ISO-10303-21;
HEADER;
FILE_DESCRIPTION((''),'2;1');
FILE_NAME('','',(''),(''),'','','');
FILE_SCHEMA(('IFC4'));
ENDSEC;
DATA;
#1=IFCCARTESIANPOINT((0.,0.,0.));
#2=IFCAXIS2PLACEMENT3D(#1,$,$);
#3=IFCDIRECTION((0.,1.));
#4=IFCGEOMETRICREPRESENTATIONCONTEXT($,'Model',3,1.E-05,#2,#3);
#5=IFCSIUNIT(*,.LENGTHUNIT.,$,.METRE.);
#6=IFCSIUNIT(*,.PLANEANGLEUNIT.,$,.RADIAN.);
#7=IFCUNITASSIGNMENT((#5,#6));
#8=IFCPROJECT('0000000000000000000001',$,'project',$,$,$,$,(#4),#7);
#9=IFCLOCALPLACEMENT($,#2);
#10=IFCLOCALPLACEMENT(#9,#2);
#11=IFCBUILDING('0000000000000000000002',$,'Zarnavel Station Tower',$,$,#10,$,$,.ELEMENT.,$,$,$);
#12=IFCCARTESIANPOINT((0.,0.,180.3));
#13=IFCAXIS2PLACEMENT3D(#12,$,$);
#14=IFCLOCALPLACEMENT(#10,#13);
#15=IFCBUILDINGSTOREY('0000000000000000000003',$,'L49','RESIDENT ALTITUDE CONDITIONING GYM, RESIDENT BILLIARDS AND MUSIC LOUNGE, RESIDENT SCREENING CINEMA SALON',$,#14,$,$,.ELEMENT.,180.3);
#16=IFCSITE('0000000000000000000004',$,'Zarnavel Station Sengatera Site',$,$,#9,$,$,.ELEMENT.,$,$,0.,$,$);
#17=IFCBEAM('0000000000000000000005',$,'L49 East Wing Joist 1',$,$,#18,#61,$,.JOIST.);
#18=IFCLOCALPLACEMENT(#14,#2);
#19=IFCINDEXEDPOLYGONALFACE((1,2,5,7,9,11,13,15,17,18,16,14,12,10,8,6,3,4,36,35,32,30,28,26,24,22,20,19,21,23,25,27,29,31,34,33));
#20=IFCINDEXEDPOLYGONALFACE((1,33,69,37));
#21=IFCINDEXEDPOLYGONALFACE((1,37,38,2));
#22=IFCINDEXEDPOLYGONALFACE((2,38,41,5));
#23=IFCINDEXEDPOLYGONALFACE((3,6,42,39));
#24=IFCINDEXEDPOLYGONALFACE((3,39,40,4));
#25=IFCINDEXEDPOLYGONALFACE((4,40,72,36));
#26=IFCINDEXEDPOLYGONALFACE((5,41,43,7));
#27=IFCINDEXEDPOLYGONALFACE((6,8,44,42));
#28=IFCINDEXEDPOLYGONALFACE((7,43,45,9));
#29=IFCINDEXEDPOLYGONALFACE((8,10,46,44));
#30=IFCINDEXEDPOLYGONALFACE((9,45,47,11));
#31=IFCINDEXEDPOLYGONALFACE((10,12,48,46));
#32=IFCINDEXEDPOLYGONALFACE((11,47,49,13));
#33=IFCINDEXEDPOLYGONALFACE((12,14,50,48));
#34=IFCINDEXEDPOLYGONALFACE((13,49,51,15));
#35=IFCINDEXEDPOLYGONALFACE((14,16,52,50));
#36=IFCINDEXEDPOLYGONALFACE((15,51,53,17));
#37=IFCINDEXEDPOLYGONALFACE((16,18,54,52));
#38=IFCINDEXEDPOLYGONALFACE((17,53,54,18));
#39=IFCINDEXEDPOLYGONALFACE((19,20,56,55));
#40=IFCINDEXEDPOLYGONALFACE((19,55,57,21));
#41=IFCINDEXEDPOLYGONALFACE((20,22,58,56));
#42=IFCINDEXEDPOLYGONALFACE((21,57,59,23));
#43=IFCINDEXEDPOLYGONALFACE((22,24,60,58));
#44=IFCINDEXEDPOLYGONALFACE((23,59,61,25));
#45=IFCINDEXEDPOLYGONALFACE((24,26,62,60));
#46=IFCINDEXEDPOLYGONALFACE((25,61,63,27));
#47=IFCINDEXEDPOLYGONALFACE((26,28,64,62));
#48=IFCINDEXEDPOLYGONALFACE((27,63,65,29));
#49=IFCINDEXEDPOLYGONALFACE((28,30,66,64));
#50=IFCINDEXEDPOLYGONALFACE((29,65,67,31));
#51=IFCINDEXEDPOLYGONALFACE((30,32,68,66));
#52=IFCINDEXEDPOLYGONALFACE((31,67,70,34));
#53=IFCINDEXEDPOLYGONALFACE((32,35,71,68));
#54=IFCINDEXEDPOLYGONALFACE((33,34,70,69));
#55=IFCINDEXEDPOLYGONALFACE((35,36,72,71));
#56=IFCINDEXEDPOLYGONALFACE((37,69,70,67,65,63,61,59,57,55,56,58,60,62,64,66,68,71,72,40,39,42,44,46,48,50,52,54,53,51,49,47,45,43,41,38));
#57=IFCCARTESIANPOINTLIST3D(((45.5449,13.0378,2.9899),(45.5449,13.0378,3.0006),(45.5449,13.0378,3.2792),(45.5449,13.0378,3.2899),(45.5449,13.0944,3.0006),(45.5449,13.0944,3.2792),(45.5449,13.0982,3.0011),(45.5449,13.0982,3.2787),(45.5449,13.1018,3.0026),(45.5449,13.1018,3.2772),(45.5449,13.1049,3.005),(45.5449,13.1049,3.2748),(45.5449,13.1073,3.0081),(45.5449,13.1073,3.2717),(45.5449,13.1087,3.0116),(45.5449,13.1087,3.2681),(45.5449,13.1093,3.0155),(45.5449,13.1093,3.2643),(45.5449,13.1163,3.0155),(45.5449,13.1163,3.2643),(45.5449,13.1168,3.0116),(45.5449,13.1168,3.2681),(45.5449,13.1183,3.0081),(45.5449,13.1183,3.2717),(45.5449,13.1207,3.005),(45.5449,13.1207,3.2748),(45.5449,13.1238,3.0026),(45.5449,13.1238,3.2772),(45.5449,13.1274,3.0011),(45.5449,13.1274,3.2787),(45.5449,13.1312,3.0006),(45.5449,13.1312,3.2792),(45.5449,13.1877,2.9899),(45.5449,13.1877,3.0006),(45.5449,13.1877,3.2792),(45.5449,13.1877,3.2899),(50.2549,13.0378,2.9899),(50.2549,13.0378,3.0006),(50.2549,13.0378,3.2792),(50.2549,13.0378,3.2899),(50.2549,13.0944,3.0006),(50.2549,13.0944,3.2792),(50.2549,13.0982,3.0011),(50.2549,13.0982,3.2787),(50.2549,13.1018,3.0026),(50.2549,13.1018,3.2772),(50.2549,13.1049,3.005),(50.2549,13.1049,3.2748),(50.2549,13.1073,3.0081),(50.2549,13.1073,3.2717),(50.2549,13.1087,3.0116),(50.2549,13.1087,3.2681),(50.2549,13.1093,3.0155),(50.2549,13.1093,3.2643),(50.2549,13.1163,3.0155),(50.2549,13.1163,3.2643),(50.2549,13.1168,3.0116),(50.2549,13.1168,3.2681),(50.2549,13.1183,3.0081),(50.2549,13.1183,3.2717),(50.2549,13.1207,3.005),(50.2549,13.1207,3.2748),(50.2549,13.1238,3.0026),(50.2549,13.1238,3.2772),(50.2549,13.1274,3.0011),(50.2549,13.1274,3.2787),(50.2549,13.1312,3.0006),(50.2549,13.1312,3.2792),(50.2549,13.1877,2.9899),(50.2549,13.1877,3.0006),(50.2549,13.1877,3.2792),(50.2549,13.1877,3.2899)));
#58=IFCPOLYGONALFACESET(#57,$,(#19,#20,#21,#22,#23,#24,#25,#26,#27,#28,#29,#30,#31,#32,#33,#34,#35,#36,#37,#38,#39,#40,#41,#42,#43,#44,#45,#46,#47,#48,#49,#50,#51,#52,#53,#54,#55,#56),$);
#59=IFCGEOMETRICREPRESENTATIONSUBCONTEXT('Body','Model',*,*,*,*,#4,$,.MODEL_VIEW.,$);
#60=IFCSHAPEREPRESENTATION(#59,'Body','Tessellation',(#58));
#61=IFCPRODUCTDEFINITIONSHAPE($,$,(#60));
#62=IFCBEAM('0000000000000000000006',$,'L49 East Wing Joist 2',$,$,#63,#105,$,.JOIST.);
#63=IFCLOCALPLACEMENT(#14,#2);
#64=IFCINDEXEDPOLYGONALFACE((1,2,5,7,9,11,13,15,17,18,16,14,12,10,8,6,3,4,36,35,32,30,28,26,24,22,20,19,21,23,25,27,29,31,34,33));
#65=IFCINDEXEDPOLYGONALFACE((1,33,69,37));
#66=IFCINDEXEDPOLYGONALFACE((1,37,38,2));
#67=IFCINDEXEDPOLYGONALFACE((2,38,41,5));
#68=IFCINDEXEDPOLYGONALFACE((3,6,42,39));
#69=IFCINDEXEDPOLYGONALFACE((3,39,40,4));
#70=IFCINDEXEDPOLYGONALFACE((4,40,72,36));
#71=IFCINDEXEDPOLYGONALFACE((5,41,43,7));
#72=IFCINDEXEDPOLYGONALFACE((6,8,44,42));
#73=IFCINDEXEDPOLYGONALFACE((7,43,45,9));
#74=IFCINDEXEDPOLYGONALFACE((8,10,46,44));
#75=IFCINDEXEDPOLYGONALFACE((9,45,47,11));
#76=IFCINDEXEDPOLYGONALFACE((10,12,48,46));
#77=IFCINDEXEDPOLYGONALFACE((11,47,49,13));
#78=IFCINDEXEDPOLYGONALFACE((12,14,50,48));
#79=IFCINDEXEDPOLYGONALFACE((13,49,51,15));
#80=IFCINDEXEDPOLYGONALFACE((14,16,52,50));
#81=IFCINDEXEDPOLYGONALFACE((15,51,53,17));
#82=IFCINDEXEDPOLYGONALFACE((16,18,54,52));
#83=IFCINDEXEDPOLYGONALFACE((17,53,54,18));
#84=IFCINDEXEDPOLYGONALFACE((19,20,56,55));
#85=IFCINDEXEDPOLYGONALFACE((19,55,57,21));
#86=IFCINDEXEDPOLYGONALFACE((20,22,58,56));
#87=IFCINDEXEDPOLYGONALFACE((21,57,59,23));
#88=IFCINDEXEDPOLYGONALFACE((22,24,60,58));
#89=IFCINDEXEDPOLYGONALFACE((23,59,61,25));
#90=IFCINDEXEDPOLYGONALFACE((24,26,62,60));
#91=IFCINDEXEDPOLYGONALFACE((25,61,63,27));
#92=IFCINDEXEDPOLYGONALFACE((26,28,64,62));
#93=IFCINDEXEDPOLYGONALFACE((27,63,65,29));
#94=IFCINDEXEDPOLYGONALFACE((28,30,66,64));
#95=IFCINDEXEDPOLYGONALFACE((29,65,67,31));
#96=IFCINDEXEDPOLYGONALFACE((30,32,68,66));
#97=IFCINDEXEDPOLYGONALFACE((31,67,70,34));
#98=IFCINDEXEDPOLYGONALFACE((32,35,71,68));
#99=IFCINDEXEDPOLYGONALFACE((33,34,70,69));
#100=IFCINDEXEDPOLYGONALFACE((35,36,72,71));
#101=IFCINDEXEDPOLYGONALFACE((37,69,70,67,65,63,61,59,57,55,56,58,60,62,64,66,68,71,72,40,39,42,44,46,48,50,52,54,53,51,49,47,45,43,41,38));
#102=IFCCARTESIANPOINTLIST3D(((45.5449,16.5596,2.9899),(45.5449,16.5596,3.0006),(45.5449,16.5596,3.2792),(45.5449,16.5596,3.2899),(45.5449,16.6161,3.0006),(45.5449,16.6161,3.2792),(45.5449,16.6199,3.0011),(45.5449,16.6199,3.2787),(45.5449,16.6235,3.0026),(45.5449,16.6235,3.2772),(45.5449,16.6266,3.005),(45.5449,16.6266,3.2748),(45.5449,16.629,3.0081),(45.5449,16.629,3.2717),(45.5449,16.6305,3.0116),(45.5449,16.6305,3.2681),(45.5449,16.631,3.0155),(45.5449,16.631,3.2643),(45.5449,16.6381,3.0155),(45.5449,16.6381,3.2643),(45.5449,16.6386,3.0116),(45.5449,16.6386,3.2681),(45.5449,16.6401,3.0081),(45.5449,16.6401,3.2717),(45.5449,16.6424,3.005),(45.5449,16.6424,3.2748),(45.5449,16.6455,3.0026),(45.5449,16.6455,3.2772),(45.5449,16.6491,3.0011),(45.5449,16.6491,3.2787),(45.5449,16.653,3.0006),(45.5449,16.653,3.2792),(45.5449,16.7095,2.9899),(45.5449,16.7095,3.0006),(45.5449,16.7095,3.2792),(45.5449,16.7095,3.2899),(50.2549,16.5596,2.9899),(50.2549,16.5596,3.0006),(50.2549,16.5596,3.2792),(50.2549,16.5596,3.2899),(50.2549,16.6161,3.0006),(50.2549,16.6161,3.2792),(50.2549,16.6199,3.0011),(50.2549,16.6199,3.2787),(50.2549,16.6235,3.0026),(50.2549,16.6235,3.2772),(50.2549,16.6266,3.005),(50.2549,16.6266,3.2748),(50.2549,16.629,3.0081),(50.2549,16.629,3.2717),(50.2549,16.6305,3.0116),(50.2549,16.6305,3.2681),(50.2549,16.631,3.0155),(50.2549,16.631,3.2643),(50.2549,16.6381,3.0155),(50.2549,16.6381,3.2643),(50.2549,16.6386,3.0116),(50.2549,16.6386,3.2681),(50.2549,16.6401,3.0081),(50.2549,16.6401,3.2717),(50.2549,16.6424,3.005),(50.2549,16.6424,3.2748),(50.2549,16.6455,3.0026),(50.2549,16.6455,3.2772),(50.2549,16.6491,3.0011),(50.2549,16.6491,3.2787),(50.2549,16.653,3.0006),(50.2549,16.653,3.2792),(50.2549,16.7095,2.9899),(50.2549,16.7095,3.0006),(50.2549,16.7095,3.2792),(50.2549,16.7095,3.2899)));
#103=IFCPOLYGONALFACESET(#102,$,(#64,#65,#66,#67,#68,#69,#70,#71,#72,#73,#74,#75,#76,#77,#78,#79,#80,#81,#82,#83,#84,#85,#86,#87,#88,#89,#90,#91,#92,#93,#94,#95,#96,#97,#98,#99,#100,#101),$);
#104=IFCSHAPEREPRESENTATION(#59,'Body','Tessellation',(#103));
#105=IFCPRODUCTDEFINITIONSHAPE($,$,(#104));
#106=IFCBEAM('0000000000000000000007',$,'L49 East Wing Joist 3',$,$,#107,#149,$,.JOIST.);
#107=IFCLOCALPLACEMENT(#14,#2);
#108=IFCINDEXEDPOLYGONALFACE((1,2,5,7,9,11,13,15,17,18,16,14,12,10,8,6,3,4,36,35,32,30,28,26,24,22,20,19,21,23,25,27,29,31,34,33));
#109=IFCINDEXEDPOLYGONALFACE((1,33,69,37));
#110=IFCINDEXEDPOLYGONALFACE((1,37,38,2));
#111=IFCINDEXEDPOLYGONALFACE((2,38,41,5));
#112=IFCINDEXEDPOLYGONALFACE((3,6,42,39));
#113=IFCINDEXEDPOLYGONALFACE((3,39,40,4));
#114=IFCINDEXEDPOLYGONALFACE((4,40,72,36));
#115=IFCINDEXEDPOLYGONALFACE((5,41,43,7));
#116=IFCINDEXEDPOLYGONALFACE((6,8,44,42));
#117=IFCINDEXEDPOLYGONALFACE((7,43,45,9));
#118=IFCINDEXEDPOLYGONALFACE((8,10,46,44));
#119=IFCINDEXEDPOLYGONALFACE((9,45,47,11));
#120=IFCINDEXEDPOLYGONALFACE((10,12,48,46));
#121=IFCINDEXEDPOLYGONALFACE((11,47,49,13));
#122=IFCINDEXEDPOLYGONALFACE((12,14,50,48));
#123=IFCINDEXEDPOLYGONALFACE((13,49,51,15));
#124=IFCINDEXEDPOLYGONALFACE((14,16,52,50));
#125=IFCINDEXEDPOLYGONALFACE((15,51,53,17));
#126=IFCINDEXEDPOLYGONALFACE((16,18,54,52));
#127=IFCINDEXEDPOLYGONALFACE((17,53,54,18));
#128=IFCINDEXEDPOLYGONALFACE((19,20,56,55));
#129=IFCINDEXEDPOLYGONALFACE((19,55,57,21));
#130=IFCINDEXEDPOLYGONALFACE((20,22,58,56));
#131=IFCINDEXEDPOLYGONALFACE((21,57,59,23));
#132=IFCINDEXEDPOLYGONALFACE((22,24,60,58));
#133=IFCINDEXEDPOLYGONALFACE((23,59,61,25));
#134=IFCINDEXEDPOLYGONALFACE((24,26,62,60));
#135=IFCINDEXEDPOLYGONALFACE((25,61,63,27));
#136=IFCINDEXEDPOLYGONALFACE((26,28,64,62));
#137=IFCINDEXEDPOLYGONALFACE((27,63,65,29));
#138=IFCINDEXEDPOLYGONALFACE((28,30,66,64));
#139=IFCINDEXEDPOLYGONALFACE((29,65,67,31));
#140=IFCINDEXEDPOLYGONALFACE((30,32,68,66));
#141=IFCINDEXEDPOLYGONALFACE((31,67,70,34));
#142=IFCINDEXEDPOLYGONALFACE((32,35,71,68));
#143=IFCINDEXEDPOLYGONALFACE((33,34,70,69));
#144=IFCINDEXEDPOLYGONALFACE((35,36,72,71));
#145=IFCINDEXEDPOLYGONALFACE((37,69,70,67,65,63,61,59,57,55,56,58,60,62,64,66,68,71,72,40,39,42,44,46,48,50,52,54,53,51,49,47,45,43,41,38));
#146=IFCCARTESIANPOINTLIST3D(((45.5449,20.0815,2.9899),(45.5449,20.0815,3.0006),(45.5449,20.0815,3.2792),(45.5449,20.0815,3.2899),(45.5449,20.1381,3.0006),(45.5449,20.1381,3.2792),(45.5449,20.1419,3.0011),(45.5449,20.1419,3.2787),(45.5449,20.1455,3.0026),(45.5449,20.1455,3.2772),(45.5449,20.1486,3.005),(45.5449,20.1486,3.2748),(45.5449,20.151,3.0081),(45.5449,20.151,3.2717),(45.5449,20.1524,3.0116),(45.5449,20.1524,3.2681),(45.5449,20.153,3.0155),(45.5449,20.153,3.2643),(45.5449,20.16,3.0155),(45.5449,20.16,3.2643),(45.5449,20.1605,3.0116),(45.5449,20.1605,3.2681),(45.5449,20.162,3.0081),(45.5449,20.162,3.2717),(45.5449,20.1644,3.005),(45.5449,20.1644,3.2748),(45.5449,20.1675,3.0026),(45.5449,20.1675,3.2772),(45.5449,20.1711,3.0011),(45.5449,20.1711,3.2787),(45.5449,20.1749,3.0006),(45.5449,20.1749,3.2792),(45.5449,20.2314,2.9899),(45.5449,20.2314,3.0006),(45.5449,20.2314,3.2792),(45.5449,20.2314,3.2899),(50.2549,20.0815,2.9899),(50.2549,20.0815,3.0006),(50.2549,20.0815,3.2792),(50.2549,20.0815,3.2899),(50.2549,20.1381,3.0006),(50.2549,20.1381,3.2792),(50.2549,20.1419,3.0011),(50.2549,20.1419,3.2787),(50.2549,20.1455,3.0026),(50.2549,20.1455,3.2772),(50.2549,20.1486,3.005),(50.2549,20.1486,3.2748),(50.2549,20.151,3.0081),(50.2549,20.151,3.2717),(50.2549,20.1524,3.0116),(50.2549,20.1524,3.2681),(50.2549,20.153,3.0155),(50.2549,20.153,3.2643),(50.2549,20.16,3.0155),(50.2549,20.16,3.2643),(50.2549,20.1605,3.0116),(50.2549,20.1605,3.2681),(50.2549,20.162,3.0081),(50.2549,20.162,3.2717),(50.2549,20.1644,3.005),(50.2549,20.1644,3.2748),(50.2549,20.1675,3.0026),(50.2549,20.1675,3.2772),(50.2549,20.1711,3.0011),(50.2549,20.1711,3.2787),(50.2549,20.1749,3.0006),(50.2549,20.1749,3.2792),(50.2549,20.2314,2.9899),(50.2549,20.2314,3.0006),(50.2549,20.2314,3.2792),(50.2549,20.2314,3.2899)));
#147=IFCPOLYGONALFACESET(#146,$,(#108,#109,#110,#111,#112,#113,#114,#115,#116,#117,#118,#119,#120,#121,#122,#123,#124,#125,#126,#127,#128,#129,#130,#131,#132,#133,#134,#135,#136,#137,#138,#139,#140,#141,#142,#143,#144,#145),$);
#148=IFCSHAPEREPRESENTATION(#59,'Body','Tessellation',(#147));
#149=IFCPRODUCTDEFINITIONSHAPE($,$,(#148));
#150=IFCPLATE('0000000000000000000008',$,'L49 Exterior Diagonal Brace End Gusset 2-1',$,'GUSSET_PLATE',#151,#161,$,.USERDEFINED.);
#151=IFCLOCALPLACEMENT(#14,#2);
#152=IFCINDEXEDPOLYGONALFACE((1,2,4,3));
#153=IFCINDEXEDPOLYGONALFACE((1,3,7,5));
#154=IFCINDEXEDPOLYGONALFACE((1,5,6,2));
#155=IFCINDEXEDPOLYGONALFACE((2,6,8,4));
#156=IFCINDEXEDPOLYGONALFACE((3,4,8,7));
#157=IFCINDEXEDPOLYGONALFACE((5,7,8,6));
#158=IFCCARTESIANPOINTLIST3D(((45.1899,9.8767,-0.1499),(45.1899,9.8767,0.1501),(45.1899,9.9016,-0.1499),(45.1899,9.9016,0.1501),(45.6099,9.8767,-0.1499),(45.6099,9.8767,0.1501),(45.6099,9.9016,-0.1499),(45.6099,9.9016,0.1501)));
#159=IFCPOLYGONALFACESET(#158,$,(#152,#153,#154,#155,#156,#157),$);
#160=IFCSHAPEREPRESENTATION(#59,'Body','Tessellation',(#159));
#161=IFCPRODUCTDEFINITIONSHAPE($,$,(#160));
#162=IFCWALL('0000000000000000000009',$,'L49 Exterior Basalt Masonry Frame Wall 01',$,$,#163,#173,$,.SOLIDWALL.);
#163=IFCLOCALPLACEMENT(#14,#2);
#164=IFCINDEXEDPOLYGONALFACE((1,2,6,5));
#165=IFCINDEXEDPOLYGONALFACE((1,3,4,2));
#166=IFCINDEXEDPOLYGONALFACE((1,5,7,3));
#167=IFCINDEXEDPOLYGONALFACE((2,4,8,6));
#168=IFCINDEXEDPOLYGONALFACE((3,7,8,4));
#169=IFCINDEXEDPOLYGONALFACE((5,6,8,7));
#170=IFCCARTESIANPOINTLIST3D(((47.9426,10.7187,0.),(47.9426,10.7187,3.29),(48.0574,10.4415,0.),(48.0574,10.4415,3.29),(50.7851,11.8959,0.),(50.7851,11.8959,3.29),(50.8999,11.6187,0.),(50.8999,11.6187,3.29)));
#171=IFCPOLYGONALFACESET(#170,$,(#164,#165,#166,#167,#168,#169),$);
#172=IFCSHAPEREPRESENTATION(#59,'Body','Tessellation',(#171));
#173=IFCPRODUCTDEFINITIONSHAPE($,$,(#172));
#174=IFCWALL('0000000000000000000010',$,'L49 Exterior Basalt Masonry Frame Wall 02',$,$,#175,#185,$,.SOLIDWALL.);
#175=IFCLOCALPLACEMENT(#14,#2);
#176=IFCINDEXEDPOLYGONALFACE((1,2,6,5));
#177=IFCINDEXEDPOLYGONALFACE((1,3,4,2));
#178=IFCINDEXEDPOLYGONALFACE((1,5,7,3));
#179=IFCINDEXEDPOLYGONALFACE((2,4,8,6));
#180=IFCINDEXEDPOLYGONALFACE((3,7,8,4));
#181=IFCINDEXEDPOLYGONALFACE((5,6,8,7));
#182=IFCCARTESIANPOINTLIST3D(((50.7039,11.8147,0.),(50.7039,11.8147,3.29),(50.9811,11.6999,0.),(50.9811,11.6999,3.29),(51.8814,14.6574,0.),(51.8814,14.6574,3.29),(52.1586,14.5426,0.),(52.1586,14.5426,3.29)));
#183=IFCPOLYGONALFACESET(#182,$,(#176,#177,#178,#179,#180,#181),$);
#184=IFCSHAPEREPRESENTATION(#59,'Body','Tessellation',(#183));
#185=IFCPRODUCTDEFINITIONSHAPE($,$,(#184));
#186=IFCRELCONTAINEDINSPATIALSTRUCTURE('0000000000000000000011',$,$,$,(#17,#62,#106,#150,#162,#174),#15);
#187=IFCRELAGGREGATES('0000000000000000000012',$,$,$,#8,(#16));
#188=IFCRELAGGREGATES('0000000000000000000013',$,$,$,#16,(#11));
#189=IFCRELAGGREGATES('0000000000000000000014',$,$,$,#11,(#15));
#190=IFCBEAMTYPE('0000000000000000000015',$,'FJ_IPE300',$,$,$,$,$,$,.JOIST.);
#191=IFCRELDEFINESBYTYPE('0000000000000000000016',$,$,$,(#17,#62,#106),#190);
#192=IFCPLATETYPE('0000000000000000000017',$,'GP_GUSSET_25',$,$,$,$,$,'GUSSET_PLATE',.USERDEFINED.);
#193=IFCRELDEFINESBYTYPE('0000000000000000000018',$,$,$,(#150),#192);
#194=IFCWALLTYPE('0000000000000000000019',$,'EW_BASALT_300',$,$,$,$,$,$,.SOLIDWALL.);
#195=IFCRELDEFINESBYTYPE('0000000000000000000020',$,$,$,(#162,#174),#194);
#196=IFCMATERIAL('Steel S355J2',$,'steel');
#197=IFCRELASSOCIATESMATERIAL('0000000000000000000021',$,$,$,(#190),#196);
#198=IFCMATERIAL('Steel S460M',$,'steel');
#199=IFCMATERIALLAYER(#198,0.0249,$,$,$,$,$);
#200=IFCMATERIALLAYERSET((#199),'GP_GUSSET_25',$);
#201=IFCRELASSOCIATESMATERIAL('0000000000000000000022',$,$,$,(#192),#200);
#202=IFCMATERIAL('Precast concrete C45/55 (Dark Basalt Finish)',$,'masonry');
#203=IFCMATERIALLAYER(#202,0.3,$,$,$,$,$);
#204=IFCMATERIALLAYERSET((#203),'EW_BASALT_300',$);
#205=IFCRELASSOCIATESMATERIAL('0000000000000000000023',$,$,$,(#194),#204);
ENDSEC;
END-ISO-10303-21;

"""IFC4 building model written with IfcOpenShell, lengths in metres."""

from ifc_helpers import new_model, si_unit, direction, frame, frame_2d, origin, origin_2d, place, context, subcontext, project, spatial, rectangle, i_section, extrude, material, layer, layer_set, material_profile, profile_set, type_object, element, save


model = new_model("IFC4")

# Units and contexts
model_context = context("Model", 3, precision=1e-05, world=origin(), true_north=direction((0.0, 1.0)))
body_context = subcontext(model_context, "Body", "Model", "MODEL_VIEW")
ifc_project = project(units=[si_unit("LENGTHUNIT", "METRE"), si_unit("PLANEANGLEUNIT", "RADIAN")], contexts=[model_context])

# Site, building, storey
site_placement = place(None, origin())
site = spatial("IfcSite", under=ifc_project, at=site_placement, Name="Zarnavel Station Sengatera Site", CompositionType="ELEMENT", RefElevation=0.0)
building_placement = place(site_placement, origin())
building = spatial("IfcBuilding", under=site, at=building_placement, Name="Zarnavel Station Tower", CompositionType="ELEMENT")
storey_placement = place(building_placement, frame((0.0, 0.0, 180.3)))
storey = spatial("IfcBuildingStorey", under=building, at=storey_placement, Name="L49", Description="RESIDENT ALTITUDE CONDITIONING GYM, RESIDENT BILLIARDS AND MUSIC LOUNGE, RESIDENT SCREENING CINEMA SALON", CompositionType="ELEMENT", Elevation=180.3)

# Beams
ifc_material_1 = material(Name="Steel S355J2", Category="steel")
ifc_material_profile_1 = material_profile(ifc_material_1, i_section(OverallWidth=0.1499, OverallDepth=0.3, WebThickness=0.0071, FlangeThickness=0.0107, FilletRadius=0.0149, at=origin_2d()), Name="IPE300")
ifc_profile_set_1 = profile_set([ifc_material_profile_1], Name="Steel S355J2")
beam_type_1 = type_object("IfcBeamType", Name="FJ_IPE300", PredefinedType="JOIST", material=ifc_profile_set_1)
for number, where, z_axis, x_axis, name in (
    (1, (45.5449, 13.1128, 3.1399), (1.0, 0.0, 0.0), (0.0, 1.0, 0.0), "L49 East Wing Joist 1"),
    (2, (45.5449, 16.6345, 3.1399), (1.0, 0.0, 0.0), (0.0, 1.0, 0.0), "L49 East Wing Joist 2"),
    (3, (45.5449, 20.1565, 3.1399), (1.0, 0.0, 0.0), (0.0, 1.0, 0.0), "L49 East Wing Joist 3"),
):
    element("IfcBeam", number, at=place(storey_placement, frame(where, z_axis=z_axis, x_axis=x_axis)), inside=storey, type_object=beam_type_1, Name=name, PredefinedType="JOIST", context=body_context, shape_type="SweptSolid", body=[
        extrude(i_section(OverallWidth=0.1499, OverallDepth=0.3, WebThickness=0.0071, FlangeThickness=0.0107, FilletRadius=0.0149, at=origin_2d()), origin(), (0.0, 0.0, 1.0), 4.71),
    ])

# Plate
ifc_material_2 = material(Name="Steel S460M", Category="steel")
ifc_layer_1 = layer(ifc_material_2, 0.0249)
ifc_layer_set_1 = layer_set([ifc_layer_1], Name="GP_GUSSET_25")
plate_type = type_object("IfcPlateType", Name="GP_GUSSET_25", ElementType="GUSSET_PLATE", PredefinedType="USERDEFINED", material=ifc_layer_set_1)
plate_placement = place(storey_placement, frame((45.3999, 9.8892, -0.1499), z_axis=(0.0, 0.0, 1.0), x_axis=(1.0, 0.0, 0.0)))
element("IfcPlate", 4, at=plate_placement, inside=storey, type_object=plate_type, Name="L49 Exterior Diagonal Brace End Gusset 2-1", ObjectType="GUSSET_PLATE", PredefinedType="USERDEFINED", context=body_context, shape_type="SweptSolid", body=[
    extrude(rectangle(XDim=0.4199, YDim=0.0249, at=origin_2d()), origin(), (0.0, 0.0, 1.0), 0.3),
])

# Walls
ifc_material_3 = material(Name="Precast concrete C45/55 (Dark Basalt Finish)", Category="masonry")
ifc_layer_2 = layer(ifc_material_3, 0.3)
ifc_layer_set_2 = layer_set([ifc_layer_2], Name="EW_BASALT_300")
wall_type_1 = type_object("IfcWallType", Name="EW_BASALT_300", PredefinedType="SOLIDWALL", material=ifc_layer_set_2)
wall_1_placement = place(storey_placement, frame((50.8425, 11.7573, 0.0), z_axis=(0.0, 0.0, 1.0), x_axis=(-0.923899, -0.382637, 0.0)))
element("IfcWall", 5, at=wall_1_placement, inside=storey, type_object=wall_type_1, Name="L49 Exterior Basalt Masonry Frame Wall 01", PredefinedType="SOLIDWALL", context=body_context, shape_type="SweptSolid", body=[
    extrude(rectangle(XDim=3.0767, YDim=0.3, at=frame_2d((1.5383, 0.0))), origin(), (0.0, 0.0, 1.0), 3.29),
])
wall_2_placement = place(storey_placement, frame((52.02, 14.6001, 0.0), z_axis=(0.0, 0.0, 1.0), x_axis=(-0.382676, -0.923882, 0.0)))
element("IfcWall", 6, at=wall_2_placement, inside=storey, type_object=wall_type_1, Name="L49 Exterior Basalt Masonry Frame Wall 02", PredefinedType="SOLIDWALL", context=body_context, shape_type="SweptSolid", body=[
    extrude(rectangle(XDim=3.0769, YDim=0.3, at=frame_2d((1.5386, 0.0))), origin(), (0.0, 0.0, 1.0), 3.29),
])

save(model, "model.ifc")
